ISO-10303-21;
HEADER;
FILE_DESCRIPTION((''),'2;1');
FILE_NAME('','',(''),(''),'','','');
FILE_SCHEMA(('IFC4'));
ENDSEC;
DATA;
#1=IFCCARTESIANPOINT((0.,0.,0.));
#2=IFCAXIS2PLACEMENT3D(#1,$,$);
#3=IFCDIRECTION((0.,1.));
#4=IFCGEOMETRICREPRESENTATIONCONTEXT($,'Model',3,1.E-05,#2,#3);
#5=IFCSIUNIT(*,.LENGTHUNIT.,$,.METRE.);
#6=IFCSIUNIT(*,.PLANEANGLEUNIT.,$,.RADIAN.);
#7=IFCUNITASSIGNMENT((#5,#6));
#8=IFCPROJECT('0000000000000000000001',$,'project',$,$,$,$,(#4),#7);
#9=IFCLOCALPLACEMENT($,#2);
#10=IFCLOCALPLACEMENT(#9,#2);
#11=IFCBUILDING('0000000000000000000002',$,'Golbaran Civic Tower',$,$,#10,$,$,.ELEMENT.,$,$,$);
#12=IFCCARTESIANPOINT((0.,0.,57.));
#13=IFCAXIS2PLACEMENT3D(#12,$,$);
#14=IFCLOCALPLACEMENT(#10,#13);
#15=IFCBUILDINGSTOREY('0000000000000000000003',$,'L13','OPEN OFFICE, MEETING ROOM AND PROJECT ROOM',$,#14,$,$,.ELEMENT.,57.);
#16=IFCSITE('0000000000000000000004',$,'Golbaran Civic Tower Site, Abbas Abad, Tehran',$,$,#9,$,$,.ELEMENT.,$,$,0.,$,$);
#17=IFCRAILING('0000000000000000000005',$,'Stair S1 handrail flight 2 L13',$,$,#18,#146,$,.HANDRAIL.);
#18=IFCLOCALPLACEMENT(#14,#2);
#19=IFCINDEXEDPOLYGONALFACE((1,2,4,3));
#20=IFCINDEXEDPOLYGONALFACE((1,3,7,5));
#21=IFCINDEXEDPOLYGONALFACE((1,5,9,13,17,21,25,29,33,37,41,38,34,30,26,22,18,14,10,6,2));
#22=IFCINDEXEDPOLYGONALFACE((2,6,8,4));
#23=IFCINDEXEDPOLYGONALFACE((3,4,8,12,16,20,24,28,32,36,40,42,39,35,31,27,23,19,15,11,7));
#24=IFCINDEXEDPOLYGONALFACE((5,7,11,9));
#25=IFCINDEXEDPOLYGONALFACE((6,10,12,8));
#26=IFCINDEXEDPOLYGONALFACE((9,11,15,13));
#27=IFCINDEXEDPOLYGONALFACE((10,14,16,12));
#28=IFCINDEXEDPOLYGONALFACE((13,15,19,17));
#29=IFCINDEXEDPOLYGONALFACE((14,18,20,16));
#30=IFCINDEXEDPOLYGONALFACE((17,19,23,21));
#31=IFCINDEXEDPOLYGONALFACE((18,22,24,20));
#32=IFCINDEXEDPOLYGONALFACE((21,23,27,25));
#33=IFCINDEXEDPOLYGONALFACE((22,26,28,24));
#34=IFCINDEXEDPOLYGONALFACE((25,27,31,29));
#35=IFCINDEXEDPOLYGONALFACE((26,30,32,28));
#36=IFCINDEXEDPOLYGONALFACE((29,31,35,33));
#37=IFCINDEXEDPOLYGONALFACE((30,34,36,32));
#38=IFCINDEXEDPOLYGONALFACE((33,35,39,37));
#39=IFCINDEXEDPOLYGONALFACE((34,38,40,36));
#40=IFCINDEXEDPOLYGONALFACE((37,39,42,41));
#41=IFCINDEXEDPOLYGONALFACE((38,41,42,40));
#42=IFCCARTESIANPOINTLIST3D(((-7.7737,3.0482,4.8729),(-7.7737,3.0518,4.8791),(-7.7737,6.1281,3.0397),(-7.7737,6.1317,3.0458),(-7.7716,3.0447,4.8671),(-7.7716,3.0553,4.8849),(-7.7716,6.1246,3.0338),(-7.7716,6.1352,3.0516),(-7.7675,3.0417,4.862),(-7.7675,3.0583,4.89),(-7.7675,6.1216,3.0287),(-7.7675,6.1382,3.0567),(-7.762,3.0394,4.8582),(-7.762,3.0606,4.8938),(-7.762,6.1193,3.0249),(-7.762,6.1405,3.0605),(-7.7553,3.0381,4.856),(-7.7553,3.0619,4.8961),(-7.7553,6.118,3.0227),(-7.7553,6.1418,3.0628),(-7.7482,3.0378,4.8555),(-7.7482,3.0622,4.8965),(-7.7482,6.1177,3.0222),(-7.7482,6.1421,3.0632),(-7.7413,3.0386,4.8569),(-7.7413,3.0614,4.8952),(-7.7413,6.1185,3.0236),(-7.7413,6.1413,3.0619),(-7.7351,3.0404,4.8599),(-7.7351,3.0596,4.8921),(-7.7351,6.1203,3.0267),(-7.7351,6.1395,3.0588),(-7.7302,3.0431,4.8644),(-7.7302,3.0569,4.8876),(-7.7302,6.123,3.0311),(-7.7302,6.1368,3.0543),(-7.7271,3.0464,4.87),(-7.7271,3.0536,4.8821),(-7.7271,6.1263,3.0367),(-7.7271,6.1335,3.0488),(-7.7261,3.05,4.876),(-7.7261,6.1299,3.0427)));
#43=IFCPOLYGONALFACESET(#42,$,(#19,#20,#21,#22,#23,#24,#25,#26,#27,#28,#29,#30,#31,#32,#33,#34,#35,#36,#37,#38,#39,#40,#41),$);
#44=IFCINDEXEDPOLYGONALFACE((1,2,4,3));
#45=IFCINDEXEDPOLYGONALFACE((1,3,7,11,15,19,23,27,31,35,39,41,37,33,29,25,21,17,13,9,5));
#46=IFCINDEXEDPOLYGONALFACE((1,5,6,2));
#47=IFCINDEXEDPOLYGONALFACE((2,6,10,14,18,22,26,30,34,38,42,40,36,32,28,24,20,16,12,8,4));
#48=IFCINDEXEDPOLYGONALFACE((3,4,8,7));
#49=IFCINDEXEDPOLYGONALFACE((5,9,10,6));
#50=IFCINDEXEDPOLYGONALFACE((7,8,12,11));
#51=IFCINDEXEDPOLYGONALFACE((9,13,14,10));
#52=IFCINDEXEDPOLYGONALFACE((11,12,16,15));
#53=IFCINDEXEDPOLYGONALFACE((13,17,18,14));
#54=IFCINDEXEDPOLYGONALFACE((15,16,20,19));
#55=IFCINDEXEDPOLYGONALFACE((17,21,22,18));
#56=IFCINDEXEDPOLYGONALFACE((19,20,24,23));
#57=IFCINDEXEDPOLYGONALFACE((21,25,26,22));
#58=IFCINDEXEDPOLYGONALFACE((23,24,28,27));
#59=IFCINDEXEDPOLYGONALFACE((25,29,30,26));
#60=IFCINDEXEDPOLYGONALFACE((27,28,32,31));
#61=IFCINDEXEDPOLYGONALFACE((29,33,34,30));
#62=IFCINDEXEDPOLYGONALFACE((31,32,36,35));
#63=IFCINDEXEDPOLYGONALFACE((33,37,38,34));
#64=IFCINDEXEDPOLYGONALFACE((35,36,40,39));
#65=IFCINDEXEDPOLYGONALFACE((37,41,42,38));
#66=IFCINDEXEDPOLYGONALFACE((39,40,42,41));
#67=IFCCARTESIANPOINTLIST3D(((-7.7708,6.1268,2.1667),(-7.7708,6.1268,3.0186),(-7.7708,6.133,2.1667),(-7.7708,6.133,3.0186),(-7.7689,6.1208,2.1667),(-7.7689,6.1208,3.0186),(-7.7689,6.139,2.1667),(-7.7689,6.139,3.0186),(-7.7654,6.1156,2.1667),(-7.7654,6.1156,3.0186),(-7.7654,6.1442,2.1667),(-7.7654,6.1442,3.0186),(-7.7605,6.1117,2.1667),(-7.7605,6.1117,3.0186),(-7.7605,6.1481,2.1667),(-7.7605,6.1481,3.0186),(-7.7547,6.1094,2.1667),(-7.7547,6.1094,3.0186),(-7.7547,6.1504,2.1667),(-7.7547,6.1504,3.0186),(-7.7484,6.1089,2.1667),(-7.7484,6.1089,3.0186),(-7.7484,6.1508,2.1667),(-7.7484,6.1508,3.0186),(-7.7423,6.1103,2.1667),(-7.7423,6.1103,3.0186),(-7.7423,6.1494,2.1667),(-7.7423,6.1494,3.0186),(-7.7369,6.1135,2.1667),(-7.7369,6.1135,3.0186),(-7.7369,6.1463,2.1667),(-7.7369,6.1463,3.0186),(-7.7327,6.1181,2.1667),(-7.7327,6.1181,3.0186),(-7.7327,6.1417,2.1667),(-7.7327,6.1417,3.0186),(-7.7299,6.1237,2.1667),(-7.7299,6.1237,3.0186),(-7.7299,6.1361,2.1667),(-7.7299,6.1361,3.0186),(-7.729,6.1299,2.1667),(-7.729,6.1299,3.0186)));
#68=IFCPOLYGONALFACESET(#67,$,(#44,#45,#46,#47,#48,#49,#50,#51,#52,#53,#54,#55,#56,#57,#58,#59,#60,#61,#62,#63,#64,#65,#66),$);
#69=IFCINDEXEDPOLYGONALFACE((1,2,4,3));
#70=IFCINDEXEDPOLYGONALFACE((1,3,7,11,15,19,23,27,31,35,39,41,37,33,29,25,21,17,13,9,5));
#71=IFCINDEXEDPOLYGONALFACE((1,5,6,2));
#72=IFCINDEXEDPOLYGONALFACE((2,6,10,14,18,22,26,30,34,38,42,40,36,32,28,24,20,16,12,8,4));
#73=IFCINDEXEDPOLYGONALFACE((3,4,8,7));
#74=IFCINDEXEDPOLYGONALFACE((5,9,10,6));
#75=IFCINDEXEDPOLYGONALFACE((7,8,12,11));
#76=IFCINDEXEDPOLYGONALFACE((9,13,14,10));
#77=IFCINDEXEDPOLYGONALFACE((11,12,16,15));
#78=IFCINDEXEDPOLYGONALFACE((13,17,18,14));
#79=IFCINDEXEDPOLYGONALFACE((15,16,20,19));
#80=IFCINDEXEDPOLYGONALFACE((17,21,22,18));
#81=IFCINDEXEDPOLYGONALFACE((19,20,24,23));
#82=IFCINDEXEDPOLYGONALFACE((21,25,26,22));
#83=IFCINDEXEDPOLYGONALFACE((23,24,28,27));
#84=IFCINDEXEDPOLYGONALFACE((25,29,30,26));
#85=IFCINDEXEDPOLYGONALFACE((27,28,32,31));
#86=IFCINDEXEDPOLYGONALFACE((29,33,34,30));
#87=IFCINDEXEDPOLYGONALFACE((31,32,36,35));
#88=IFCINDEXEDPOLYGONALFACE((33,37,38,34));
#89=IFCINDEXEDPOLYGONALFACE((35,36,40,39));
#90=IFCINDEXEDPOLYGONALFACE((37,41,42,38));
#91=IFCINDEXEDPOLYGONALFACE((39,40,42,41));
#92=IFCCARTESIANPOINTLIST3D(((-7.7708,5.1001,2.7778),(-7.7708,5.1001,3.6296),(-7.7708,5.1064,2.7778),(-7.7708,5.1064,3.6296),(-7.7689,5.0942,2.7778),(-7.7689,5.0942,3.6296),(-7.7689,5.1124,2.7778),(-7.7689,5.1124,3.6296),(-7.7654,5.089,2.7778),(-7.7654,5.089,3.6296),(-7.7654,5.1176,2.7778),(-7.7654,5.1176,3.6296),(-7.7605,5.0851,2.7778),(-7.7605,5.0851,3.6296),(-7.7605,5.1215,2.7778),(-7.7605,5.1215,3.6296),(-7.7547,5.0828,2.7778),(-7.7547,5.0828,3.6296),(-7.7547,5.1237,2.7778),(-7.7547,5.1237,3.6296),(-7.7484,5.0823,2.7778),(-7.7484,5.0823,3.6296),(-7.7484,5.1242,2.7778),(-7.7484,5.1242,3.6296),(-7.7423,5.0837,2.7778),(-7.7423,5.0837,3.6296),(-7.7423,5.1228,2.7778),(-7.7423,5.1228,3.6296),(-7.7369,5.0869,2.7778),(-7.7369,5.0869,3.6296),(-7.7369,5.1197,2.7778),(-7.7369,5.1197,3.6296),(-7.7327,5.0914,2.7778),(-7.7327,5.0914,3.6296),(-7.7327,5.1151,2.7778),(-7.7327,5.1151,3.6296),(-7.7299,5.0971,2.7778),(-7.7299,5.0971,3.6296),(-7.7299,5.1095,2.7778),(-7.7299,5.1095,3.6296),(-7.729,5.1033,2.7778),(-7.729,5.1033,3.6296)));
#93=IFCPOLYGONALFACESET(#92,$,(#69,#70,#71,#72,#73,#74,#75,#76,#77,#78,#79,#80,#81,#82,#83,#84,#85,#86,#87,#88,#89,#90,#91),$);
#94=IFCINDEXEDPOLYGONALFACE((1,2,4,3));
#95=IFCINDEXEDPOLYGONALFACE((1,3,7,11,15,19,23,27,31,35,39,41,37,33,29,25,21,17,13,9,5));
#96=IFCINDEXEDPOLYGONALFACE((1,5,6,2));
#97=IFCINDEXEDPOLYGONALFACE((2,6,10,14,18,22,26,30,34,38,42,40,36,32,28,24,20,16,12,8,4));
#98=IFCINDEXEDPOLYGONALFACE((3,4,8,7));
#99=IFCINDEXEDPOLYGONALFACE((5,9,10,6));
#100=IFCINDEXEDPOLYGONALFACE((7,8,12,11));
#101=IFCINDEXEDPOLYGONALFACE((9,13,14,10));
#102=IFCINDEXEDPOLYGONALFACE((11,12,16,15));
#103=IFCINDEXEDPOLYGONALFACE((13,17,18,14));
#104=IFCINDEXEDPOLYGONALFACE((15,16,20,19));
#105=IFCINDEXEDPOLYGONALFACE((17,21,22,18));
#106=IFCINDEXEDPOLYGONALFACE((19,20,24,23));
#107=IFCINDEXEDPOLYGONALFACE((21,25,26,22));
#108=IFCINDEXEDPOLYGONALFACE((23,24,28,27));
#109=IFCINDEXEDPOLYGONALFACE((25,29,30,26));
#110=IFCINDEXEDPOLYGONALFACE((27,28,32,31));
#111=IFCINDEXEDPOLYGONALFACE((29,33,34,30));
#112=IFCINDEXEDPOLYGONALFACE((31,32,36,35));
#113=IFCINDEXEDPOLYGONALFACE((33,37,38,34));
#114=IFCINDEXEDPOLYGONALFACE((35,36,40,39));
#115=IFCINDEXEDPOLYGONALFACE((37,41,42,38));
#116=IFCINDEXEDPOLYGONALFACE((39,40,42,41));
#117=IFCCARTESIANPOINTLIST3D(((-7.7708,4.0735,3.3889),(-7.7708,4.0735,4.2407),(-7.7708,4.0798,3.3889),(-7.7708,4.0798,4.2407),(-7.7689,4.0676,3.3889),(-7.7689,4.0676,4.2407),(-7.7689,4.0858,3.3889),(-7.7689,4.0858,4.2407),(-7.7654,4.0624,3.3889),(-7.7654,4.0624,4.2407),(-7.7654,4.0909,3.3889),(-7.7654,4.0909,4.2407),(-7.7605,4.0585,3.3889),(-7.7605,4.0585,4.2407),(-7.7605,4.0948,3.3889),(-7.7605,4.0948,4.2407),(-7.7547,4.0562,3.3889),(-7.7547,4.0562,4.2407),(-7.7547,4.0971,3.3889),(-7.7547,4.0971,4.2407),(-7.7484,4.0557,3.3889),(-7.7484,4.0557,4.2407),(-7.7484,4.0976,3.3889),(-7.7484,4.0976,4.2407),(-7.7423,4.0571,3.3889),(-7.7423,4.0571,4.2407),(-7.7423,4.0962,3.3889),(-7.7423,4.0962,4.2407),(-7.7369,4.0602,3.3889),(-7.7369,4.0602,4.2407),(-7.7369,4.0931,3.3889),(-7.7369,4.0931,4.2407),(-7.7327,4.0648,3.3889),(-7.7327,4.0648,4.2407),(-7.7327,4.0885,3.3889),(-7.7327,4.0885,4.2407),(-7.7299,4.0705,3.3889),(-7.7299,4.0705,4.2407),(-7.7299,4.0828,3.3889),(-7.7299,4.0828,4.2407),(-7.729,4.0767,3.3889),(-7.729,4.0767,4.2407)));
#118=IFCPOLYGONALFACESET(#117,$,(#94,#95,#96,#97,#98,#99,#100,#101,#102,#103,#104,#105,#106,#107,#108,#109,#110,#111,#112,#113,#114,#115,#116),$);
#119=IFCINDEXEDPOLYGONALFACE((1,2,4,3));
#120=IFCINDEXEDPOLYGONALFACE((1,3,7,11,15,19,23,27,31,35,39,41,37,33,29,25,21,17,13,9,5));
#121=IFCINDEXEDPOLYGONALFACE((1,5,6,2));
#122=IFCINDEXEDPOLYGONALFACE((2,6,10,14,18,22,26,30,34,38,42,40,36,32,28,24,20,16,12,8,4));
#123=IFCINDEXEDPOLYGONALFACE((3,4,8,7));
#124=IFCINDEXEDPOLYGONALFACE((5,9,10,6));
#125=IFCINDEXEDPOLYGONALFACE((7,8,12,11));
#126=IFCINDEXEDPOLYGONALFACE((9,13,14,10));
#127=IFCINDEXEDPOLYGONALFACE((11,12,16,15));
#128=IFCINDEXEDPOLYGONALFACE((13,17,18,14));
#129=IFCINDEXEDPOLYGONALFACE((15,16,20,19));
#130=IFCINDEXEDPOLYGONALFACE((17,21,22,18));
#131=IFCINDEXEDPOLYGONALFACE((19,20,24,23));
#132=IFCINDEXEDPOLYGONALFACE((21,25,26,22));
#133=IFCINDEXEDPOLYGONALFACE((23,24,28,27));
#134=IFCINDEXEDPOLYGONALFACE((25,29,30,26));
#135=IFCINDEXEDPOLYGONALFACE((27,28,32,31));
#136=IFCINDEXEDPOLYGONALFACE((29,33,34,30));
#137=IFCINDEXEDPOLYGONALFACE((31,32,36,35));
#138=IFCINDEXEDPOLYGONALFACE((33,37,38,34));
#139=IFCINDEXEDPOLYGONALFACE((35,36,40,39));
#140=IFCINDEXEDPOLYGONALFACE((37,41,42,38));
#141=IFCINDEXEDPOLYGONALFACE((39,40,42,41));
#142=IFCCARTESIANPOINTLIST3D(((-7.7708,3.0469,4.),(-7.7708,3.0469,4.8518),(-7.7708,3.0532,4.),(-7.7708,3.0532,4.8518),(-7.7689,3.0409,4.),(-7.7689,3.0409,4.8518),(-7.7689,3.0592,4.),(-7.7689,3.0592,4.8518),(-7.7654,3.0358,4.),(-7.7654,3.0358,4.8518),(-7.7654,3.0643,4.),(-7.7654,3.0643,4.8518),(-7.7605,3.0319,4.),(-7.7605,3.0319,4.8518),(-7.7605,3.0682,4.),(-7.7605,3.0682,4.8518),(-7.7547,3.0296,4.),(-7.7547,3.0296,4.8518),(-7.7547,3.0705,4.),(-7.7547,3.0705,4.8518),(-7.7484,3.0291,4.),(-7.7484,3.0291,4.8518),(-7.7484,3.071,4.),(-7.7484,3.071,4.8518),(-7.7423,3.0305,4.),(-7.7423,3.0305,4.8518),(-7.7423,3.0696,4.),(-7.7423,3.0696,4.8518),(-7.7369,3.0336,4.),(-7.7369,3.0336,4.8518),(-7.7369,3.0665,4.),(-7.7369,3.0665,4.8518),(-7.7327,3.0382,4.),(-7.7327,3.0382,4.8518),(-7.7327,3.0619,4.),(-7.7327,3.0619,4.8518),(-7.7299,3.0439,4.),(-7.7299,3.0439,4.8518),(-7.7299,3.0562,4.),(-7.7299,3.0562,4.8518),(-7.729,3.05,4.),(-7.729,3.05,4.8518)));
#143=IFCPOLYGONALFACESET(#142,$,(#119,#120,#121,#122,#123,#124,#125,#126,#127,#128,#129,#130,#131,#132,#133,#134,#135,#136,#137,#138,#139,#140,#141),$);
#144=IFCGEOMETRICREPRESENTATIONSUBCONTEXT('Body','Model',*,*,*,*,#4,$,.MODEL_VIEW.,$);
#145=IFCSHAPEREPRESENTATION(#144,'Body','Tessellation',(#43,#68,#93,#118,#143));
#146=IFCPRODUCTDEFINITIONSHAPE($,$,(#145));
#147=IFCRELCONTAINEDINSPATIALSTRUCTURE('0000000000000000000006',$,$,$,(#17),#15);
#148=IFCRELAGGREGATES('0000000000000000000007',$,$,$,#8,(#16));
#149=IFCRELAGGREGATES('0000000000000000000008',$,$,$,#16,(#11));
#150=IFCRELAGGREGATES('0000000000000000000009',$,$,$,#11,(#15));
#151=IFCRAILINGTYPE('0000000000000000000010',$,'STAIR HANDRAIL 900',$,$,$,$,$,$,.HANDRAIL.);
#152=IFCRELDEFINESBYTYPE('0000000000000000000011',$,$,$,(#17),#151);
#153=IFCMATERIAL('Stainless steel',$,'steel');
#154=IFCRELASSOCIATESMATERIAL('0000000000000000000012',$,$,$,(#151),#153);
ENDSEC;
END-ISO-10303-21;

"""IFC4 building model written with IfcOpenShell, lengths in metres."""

from ifc_helpers import new_model, si_unit, direction, frame, origin, origin_2d, place, context, subcontext, project, spatial, circle, extrude, material, type_object, element, save


model = new_model("IFC4")

# Units and contexts
model_context = context("Model", 3, precision=1e-05, world=origin(), true_north=direction((0.0, 1.0)))
body_context = subcontext(model_context, "Body", "Model", "MODEL_VIEW")
ifc_project = project(units=[si_unit("LENGTHUNIT", "METRE"), si_unit("PLANEANGLEUNIT", "RADIAN")], contexts=[model_context])

# Site, building, storey
site_placement = place(None, origin())
site = spatial("IfcSite", under=ifc_project, at=site_placement, Name="Golbaran Civic Tower Site, Abbas Abad, Tehran", CompositionType="ELEMENT", RefElevation=0.0)
building_placement = place(site_placement, origin())
building = spatial("IfcBuilding", under=site, at=building_placement, Name="Golbaran Civic Tower", CompositionType="ELEMENT")
storey_placement = place(building_placement, frame((0.0, 0.0, 57.0)))
storey = spatial("IfcBuildingStorey", under=building, at=storey_placement, Name="L13", Description="OPEN OFFICE, MEETING ROOM AND PROJECT ROOM", CompositionType="ELEMENT", Elevation=57.0)

# Shared definitions
ifc_material_1 = material(Name="Stainless steel", Category="steel")

# Railing
railing_type = type_object("IfcRailingType", Name="STAIR HANDRAIL 900", PredefinedType="HANDRAIL", material=ifc_material_1)
railing_1_placement = place(storey_placement, frame((-7.75, 6.1299, 2.1667)))
element("IfcRailing", 1, at=railing_1_placement, inside=storey, type_object=railing_type, Name="Stair S1 handrail flight 2 L13", PredefinedType="HANDRAIL", context=body_context, shape_type="SweptSolid", body=[
    extrude(circle(Radius=0.0239, at=origin_2d()), frame((0.0, 0.0, 0.876), z_axis=(0.0, -0.859291, 0.511487), x_axis=(1.0, 0.0, 0.0)), (0.0, 0.0, 1.0), 3.5842),
    extrude(circle(Radius=0.021, at=origin_2d()), origin(), (0.0, 0.0, 1.0), 0.8518),
    extrude(circle(Radius=0.021, at=origin_2d()), frame((0.0, -1.0266, 0.6111)), (0.0, 0.0, 1.0), 0.8518),
    extrude(circle(Radius=0.021, at=origin_2d()), frame((0.0, -2.0532, 1.2222)), (0.0, 0.0, 1.0), 0.8518),
    extrude(circle(Radius=0.021, at=origin_2d()), frame((0.0, -3.0798, 1.8333)), (0.0, 0.0, 1.0), 0.8518),
])

save(model, "model.ifc")
